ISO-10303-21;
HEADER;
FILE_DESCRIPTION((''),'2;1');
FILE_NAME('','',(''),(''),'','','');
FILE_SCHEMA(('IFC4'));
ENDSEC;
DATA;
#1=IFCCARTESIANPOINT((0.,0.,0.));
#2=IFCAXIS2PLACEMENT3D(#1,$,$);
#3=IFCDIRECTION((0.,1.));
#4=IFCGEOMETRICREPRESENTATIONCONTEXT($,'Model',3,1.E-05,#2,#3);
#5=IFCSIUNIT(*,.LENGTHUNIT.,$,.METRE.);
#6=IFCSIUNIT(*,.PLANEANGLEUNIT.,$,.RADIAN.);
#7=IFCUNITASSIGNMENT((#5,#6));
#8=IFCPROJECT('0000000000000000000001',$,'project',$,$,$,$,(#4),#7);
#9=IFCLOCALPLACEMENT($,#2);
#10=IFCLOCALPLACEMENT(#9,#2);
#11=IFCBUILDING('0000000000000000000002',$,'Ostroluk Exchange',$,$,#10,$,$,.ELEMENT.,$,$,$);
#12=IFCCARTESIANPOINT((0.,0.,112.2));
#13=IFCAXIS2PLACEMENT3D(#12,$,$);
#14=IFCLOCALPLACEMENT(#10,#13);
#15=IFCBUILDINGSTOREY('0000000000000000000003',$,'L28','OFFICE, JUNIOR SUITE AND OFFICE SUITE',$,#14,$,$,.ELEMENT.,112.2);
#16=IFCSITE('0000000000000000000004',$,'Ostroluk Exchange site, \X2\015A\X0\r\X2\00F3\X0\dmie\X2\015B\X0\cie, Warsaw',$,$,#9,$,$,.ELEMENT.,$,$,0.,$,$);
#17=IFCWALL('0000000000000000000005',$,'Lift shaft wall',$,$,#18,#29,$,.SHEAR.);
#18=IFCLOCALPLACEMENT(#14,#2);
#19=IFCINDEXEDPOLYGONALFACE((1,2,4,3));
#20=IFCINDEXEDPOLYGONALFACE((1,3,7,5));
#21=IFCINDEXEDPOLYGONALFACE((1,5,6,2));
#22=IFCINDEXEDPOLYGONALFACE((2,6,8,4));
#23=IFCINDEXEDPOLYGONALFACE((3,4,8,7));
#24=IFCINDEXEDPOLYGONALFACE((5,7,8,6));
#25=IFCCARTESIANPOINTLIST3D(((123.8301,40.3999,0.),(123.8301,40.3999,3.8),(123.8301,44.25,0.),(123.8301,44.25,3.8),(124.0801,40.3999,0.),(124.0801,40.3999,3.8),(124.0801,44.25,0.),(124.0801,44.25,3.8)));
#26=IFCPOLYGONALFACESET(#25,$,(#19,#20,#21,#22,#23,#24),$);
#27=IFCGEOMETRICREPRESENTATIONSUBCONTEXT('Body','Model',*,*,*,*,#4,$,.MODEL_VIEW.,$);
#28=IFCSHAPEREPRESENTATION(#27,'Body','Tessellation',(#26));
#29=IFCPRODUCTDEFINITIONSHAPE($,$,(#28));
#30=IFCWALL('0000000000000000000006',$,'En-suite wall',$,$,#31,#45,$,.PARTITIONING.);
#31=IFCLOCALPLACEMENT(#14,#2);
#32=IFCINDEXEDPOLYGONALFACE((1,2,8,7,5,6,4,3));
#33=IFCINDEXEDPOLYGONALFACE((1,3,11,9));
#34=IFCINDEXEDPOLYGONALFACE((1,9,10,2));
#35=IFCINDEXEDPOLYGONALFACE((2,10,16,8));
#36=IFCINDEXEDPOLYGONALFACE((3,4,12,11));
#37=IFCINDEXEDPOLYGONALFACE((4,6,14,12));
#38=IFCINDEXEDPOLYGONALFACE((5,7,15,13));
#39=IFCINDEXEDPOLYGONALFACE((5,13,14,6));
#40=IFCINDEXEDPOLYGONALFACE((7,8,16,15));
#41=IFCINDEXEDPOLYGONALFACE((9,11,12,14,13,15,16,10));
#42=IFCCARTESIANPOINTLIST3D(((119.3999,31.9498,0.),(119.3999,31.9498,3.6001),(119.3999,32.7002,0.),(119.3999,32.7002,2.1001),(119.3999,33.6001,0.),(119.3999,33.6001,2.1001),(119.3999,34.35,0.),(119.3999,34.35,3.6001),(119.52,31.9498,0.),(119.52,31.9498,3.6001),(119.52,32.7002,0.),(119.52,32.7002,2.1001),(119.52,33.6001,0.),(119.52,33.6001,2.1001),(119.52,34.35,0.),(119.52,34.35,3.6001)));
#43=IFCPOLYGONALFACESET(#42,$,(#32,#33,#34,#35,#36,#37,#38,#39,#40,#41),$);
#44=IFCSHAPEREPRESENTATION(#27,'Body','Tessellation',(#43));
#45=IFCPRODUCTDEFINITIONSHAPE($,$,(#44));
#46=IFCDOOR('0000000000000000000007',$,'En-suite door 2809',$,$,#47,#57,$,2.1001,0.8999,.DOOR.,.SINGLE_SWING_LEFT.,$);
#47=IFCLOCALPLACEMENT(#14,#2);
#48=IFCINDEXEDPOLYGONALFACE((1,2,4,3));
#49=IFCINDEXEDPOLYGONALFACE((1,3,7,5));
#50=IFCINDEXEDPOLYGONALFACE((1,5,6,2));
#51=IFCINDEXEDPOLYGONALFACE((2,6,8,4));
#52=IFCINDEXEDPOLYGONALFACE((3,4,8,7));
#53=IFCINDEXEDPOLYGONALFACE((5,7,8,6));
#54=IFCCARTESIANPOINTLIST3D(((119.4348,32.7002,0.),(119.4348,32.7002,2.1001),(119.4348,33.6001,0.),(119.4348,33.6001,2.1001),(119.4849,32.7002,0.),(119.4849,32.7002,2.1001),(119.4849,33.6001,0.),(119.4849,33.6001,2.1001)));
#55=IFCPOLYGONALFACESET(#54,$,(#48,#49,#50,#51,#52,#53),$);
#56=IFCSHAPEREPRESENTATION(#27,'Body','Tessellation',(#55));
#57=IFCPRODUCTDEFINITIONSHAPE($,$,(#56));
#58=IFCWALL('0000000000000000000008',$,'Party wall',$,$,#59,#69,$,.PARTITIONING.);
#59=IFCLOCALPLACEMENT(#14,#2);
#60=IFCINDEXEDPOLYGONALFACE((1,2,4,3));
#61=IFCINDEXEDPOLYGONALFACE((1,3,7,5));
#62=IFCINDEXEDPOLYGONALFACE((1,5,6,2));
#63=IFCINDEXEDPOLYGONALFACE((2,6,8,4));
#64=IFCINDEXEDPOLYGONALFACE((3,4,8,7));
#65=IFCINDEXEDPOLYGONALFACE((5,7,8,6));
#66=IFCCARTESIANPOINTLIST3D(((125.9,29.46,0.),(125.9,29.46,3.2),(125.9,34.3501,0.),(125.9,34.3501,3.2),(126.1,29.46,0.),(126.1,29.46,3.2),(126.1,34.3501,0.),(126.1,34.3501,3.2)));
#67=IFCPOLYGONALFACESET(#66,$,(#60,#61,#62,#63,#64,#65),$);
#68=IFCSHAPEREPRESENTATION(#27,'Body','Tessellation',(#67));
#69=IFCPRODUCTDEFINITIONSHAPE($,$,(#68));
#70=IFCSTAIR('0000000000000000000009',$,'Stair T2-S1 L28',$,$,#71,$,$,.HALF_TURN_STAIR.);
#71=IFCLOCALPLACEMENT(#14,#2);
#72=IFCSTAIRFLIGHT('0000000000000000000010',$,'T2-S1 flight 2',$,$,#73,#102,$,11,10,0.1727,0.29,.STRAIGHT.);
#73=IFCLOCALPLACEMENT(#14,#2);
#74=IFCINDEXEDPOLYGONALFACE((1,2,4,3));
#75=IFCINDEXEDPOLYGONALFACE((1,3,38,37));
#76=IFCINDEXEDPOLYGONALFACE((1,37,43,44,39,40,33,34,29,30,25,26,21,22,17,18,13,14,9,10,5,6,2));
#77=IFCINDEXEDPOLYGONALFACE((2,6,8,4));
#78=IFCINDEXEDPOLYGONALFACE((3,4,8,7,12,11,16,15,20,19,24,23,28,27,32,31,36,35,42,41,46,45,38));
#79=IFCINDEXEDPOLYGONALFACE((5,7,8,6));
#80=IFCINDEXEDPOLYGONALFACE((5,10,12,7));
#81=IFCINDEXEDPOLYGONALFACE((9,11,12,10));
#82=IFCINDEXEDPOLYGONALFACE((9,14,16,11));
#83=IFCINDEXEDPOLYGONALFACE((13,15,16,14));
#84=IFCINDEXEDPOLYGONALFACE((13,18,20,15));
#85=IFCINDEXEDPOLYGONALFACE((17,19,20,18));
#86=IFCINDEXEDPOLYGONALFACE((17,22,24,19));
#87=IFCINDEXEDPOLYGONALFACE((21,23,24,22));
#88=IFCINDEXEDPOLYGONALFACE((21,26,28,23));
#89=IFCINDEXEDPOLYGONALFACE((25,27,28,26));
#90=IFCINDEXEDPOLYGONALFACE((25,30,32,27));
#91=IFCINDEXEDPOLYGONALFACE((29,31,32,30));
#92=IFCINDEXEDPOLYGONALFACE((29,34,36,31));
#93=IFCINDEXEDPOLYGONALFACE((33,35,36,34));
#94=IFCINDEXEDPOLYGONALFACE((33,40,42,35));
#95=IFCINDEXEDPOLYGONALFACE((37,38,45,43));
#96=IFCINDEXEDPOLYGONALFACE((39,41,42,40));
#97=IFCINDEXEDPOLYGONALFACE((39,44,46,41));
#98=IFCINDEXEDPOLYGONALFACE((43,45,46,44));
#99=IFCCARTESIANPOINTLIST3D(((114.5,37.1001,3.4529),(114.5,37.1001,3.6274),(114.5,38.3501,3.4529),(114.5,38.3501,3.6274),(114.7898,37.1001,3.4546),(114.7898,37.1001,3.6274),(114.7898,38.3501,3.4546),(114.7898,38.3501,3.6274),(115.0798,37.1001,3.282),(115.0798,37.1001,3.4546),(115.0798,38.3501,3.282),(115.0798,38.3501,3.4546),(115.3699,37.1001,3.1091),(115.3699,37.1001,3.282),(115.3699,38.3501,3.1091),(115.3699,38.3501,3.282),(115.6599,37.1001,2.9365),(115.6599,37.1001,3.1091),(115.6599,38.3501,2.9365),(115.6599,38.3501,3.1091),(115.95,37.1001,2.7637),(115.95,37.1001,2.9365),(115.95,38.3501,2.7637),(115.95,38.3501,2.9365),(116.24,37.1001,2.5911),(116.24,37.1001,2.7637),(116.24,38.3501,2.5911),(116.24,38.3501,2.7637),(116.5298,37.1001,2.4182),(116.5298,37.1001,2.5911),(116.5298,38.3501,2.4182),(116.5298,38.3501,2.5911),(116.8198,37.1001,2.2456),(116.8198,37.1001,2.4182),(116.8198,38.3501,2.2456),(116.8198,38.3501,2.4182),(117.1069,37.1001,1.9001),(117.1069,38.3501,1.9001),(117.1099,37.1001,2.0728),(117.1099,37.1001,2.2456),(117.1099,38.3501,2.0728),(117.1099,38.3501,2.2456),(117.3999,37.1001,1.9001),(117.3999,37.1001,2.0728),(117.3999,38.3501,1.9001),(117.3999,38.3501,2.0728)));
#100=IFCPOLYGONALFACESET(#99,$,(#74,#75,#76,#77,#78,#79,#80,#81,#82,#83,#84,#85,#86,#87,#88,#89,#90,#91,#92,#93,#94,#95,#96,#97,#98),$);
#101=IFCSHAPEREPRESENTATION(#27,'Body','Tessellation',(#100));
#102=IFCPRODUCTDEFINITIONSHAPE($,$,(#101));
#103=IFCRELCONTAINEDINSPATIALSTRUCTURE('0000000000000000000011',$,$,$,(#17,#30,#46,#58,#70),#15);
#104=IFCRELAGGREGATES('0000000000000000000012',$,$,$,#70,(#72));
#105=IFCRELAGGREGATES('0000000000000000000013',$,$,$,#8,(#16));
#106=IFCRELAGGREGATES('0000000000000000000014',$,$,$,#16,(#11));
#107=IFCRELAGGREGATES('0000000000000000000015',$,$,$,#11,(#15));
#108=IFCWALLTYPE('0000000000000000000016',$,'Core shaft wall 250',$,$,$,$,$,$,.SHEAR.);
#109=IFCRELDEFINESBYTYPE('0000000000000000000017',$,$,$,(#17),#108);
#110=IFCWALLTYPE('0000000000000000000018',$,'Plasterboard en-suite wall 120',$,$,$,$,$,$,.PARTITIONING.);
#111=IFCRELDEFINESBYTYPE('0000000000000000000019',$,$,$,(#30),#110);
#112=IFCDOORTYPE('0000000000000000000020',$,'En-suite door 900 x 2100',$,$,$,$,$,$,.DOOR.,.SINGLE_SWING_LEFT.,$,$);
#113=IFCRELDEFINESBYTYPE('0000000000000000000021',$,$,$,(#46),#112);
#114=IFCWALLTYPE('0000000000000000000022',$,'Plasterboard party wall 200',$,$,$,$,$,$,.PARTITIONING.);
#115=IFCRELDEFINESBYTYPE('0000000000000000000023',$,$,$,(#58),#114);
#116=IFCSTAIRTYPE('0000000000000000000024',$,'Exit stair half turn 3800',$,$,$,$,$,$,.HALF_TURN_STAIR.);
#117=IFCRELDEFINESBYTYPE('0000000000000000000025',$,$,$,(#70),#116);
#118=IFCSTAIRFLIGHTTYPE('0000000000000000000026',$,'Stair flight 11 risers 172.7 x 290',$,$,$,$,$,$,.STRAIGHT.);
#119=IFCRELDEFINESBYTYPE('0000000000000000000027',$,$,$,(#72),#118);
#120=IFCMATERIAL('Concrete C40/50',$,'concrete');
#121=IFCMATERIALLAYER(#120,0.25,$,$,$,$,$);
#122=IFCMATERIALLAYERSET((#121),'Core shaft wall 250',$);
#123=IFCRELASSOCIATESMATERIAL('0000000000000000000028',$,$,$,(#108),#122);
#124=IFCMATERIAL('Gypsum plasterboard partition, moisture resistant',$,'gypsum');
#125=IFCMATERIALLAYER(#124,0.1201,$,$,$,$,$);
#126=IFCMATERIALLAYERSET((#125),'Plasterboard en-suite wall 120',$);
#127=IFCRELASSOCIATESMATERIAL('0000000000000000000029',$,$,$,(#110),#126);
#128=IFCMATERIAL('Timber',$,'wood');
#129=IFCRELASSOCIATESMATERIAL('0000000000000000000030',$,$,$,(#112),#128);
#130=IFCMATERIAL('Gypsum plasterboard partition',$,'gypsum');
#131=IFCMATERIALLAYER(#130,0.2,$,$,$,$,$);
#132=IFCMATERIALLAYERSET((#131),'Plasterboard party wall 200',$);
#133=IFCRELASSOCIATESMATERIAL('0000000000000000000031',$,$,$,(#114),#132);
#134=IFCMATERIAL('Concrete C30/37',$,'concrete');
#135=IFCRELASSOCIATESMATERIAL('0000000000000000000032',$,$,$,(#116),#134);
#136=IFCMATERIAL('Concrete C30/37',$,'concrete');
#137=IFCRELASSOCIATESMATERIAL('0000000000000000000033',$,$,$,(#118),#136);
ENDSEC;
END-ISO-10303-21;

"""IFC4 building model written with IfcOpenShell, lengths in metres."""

from ifc_helpers import new_model, si_unit, direction, frame, frame_2d, origin, place, context, subcontext, project, spatial, polyline, rectangle, outline, extrude, material, layer, layer_set, type_object, element, fill, aggregate, save


model = new_model("IFC4")

# Units and contexts
model_context = context("Model", 3, precision=1e-05, world=origin(), true_north=direction((0.0, 1.0)))
body_context = subcontext(model_context, "Body", "Model", "MODEL_VIEW")
ifc_project = project(units=[si_unit("LENGTHUNIT", "METRE"), si_unit("PLANEANGLEUNIT", "RADIAN")], contexts=[model_context])

# Site, building, storey
site_placement = place(None, origin())
site = spatial("IfcSite", under=ifc_project, at=site_placement, Name="Ostroluk Exchange site, Śródmieście, Warsaw", CompositionType="ELEMENT", RefElevation=0.0)
building_placement = place(site_placement, origin())
building = spatial("IfcBuilding", under=site, at=building_placement, Name="Ostroluk Exchange", CompositionType="ELEMENT")
storey_placement = place(building_placement, frame((0.0, 0.0, 112.2)))
storey = spatial("IfcBuildingStorey", under=building, at=storey_placement, Name="L28", Description="OFFICE, JUNIOR SUITE AND OFFICE SUITE", CompositionType="ELEMENT", Elevation=112.2)

# Wall
ifc_material_1 = material(Name="Concrete C40/50", Category="concrete")
ifc_layer_1 = layer(ifc_material_1, 0.25)
ifc_layer_set_1 = layer_set([ifc_layer_1], Name="Core shaft wall 250")
wall_type_1 = type_object("IfcWallType", Name="Core shaft wall 250", PredefinedType="SHEAR", material=ifc_layer_set_1)
wall_1_placement = place(storey_placement, frame((123.9551, 44.25, 0.0), z_axis=(0.0, 0.0, 1.0), x_axis=(0.0, -1.0, 0.0)))
element("IfcWall", 1, at=wall_1_placement, inside=storey, type_object=wall_type_1, Name="Lift shaft wall", PredefinedType="SHEAR", context=body_context, shape_type="SweptSolid", body=[
    extrude(rectangle(XDim=3.8501, YDim=0.25, at=frame_2d((1.925, 0.0))), origin(), (0.0, 0.0, 1.0), 3.8),
])

# Wall, opening, door
ifc_material_2 = material(Name="Gypsum plasterboard partition, moisture resistant", Category="gypsum")
ifc_layer_2 = layer(ifc_material_2, 0.1201)
ifc_layer_set_2 = layer_set([ifc_layer_2], Name="Plasterboard en-suite wall 120")
wall_type_2 = type_object("IfcWallType", Name="Plasterboard en-suite wall 120", PredefinedType="PARTITIONING", material=ifc_layer_set_2)
wall_2_placement = place(storey_placement, frame((119.46, 34.3501, 0.0), z_axis=(0.0, 0.0, 1.0), x_axis=(0.0, -1.0, 0.0)))
wall_2 = element("IfcWall", 2, at=wall_2_placement, inside=storey, type_object=wall_type_2, Name="En-suite wall", PredefinedType="PARTITIONING", context=body_context, shape_type="SweptSolid", body=[
    extrude(rectangle(XDim=2.4001, YDim=0.1201, at=frame_2d((1.2002, 0.0))), origin(), (0.0, 0.0, 1.0), 3.6001),
])
opening_1_placement = place(wall_2_placement, frame((0.75, 0.0, 0.0)))
opening_1 = element("IfcOpeningElement", 3, at=opening_1_placement, cuts=wall_2, PredefinedType="OPENING", context=body_context, shape_type="SweptSolid", body=[
    extrude(rectangle(XDim=0.8999, YDim=2.1001, at=frame_2d((0.45, 1.05))), frame((0.0, 0.0701, 0.0), z_axis=(0.0, -1.0, 0.0), x_axis=(1.0, 0.0, 0.0)), (0.0, 0.0, 1.0), 0.1401),
])
ifc_material_3 = material(Name="Timber", Category="wood")
door_type_1 = type_object("IfcDoorType", Name="En-suite door 900 x 2100", OperationType="SINGLE_SWING_LEFT", PredefinedType="DOOR", material=ifc_material_3)
door_1_placement = place(opening_1_placement, origin())
door_1 = element("IfcDoor", 4, at=door_1_placement, inside=storey, type_object=door_type_1, Name="En-suite door 2809", OperationType="SINGLE_SWING_LEFT", OverallHeight=2.1001, OverallWidth=0.8999, PredefinedType="DOOR", context=body_context, shape_type="SweptSolid", body=[
    extrude(rectangle(XDim=0.8999, YDim=2.1001, at=frame_2d((0.45, 1.05))), frame((0.0, 0.0249, 0.0), z_axis=(0.0, -1.0, 0.0), x_axis=(1.0, 0.0, 0.0)), (0.0, 0.0, 1.0), 0.05),
])
fill(opening_1, door_1)

# Wall
ifc_material_4 = material(Name="Gypsum plasterboard partition", Category="gypsum")
ifc_layer_3 = layer(ifc_material_4, 0.2)
ifc_layer_set_3 = layer_set([ifc_layer_3], Name="Plasterboard party wall 200")
wall_type_3 = type_object("IfcWallType", Name="Plasterboard party wall 200", PredefinedType="PARTITIONING", material=ifc_layer_set_3)
wall_3_placement = place(storey_placement, frame((126.0, 34.3501, 0.0), z_axis=(0.0, 0.0, 1.0), x_axis=(0.0, -1.0, 0.0)))
element("IfcWall", 5, at=wall_3_placement, inside=storey, type_object=wall_type_3, Name="Party wall", PredefinedType="PARTITIONING", context=body_context, shape_type="SweptSolid", body=[
    extrude(rectangle(XDim=4.8901, YDim=0.2, at=frame_2d((2.4451, 0.0))), origin(), (0.0, 0.0, 1.0), 3.2),
])

# Stair, stair flight
ifc_material_5 = material(Name="Concrete C30/37", Category="concrete")
stair_type = type_object("IfcStairType", Name="Exit stair half turn 3800", PredefinedType="HALF_TURN_STAIR", material=ifc_material_5)
stair_placement = place(storey_placement, origin())
stair = element("IfcStair", 6, at=stair_placement, inside=storey, type_object=stair_type, Name="Stair T2-S1 L28", PredefinedType="HALF_TURN_STAIR")
ifc_material_6 = material(Name="Concrete C30/37", Category="concrete")
stair_flight_type = type_object("IfcStairFlightType", Name="Stair flight 11 risers 172.7 x 290", PredefinedType="STRAIGHT", material=ifc_material_6)
stair_flight_placement = place(storey_placement, frame((117.3999, 37.7251, 1.9001), z_axis=(0.0, 0.0, 1.0), x_axis=(-1.0, 0.0, 0.0)))
stair_flight = element("IfcStairFlight", 7, at=stair_flight_placement, type_object=stair_flight_type, Name="T2-S1 flight 2", NumberOfRisers=11, NumberOfTreads=10, PredefinedType="STRAIGHT", RiserHeight=0.1727, TreadLength=0.29, context=body_context, shape_type="SweptSolid", body=[
    extrude(outline(polyline([(0.0, 0.0), (0.0, 0.1726), (0.29, 0.1726), (0.29, 0.3455), (0.5801, 0.3455), (0.5801, 0.5181), (0.8701, 0.5181), (0.8701, 0.6909), (1.1599, 0.6909), (1.1599, 0.8635), (1.45, 0.8635), (1.45, 1.0364), (1.74, 1.0364), (1.74, 1.209), (2.03, 1.209), (2.03, 1.3818), (2.3201, 1.3818), (2.3201, 1.5544), (2.6101, 1.5544), (2.6101, 1.7273), (2.8999, 1.7273), (2.8999, 1.8999), (2.8999, 1.5527), (0.293, 0.0), (0.0, 0.0)])), frame((0.0, 0.625, 0.0), z_axis=(0.0, -1.0, 0.0), x_axis=(1.0, 0.0, 0.0)), (0.0, 0.0, 1.0), 1.25),
])
aggregate(stair, [stair_flight])

save(model, "model.ifc")
